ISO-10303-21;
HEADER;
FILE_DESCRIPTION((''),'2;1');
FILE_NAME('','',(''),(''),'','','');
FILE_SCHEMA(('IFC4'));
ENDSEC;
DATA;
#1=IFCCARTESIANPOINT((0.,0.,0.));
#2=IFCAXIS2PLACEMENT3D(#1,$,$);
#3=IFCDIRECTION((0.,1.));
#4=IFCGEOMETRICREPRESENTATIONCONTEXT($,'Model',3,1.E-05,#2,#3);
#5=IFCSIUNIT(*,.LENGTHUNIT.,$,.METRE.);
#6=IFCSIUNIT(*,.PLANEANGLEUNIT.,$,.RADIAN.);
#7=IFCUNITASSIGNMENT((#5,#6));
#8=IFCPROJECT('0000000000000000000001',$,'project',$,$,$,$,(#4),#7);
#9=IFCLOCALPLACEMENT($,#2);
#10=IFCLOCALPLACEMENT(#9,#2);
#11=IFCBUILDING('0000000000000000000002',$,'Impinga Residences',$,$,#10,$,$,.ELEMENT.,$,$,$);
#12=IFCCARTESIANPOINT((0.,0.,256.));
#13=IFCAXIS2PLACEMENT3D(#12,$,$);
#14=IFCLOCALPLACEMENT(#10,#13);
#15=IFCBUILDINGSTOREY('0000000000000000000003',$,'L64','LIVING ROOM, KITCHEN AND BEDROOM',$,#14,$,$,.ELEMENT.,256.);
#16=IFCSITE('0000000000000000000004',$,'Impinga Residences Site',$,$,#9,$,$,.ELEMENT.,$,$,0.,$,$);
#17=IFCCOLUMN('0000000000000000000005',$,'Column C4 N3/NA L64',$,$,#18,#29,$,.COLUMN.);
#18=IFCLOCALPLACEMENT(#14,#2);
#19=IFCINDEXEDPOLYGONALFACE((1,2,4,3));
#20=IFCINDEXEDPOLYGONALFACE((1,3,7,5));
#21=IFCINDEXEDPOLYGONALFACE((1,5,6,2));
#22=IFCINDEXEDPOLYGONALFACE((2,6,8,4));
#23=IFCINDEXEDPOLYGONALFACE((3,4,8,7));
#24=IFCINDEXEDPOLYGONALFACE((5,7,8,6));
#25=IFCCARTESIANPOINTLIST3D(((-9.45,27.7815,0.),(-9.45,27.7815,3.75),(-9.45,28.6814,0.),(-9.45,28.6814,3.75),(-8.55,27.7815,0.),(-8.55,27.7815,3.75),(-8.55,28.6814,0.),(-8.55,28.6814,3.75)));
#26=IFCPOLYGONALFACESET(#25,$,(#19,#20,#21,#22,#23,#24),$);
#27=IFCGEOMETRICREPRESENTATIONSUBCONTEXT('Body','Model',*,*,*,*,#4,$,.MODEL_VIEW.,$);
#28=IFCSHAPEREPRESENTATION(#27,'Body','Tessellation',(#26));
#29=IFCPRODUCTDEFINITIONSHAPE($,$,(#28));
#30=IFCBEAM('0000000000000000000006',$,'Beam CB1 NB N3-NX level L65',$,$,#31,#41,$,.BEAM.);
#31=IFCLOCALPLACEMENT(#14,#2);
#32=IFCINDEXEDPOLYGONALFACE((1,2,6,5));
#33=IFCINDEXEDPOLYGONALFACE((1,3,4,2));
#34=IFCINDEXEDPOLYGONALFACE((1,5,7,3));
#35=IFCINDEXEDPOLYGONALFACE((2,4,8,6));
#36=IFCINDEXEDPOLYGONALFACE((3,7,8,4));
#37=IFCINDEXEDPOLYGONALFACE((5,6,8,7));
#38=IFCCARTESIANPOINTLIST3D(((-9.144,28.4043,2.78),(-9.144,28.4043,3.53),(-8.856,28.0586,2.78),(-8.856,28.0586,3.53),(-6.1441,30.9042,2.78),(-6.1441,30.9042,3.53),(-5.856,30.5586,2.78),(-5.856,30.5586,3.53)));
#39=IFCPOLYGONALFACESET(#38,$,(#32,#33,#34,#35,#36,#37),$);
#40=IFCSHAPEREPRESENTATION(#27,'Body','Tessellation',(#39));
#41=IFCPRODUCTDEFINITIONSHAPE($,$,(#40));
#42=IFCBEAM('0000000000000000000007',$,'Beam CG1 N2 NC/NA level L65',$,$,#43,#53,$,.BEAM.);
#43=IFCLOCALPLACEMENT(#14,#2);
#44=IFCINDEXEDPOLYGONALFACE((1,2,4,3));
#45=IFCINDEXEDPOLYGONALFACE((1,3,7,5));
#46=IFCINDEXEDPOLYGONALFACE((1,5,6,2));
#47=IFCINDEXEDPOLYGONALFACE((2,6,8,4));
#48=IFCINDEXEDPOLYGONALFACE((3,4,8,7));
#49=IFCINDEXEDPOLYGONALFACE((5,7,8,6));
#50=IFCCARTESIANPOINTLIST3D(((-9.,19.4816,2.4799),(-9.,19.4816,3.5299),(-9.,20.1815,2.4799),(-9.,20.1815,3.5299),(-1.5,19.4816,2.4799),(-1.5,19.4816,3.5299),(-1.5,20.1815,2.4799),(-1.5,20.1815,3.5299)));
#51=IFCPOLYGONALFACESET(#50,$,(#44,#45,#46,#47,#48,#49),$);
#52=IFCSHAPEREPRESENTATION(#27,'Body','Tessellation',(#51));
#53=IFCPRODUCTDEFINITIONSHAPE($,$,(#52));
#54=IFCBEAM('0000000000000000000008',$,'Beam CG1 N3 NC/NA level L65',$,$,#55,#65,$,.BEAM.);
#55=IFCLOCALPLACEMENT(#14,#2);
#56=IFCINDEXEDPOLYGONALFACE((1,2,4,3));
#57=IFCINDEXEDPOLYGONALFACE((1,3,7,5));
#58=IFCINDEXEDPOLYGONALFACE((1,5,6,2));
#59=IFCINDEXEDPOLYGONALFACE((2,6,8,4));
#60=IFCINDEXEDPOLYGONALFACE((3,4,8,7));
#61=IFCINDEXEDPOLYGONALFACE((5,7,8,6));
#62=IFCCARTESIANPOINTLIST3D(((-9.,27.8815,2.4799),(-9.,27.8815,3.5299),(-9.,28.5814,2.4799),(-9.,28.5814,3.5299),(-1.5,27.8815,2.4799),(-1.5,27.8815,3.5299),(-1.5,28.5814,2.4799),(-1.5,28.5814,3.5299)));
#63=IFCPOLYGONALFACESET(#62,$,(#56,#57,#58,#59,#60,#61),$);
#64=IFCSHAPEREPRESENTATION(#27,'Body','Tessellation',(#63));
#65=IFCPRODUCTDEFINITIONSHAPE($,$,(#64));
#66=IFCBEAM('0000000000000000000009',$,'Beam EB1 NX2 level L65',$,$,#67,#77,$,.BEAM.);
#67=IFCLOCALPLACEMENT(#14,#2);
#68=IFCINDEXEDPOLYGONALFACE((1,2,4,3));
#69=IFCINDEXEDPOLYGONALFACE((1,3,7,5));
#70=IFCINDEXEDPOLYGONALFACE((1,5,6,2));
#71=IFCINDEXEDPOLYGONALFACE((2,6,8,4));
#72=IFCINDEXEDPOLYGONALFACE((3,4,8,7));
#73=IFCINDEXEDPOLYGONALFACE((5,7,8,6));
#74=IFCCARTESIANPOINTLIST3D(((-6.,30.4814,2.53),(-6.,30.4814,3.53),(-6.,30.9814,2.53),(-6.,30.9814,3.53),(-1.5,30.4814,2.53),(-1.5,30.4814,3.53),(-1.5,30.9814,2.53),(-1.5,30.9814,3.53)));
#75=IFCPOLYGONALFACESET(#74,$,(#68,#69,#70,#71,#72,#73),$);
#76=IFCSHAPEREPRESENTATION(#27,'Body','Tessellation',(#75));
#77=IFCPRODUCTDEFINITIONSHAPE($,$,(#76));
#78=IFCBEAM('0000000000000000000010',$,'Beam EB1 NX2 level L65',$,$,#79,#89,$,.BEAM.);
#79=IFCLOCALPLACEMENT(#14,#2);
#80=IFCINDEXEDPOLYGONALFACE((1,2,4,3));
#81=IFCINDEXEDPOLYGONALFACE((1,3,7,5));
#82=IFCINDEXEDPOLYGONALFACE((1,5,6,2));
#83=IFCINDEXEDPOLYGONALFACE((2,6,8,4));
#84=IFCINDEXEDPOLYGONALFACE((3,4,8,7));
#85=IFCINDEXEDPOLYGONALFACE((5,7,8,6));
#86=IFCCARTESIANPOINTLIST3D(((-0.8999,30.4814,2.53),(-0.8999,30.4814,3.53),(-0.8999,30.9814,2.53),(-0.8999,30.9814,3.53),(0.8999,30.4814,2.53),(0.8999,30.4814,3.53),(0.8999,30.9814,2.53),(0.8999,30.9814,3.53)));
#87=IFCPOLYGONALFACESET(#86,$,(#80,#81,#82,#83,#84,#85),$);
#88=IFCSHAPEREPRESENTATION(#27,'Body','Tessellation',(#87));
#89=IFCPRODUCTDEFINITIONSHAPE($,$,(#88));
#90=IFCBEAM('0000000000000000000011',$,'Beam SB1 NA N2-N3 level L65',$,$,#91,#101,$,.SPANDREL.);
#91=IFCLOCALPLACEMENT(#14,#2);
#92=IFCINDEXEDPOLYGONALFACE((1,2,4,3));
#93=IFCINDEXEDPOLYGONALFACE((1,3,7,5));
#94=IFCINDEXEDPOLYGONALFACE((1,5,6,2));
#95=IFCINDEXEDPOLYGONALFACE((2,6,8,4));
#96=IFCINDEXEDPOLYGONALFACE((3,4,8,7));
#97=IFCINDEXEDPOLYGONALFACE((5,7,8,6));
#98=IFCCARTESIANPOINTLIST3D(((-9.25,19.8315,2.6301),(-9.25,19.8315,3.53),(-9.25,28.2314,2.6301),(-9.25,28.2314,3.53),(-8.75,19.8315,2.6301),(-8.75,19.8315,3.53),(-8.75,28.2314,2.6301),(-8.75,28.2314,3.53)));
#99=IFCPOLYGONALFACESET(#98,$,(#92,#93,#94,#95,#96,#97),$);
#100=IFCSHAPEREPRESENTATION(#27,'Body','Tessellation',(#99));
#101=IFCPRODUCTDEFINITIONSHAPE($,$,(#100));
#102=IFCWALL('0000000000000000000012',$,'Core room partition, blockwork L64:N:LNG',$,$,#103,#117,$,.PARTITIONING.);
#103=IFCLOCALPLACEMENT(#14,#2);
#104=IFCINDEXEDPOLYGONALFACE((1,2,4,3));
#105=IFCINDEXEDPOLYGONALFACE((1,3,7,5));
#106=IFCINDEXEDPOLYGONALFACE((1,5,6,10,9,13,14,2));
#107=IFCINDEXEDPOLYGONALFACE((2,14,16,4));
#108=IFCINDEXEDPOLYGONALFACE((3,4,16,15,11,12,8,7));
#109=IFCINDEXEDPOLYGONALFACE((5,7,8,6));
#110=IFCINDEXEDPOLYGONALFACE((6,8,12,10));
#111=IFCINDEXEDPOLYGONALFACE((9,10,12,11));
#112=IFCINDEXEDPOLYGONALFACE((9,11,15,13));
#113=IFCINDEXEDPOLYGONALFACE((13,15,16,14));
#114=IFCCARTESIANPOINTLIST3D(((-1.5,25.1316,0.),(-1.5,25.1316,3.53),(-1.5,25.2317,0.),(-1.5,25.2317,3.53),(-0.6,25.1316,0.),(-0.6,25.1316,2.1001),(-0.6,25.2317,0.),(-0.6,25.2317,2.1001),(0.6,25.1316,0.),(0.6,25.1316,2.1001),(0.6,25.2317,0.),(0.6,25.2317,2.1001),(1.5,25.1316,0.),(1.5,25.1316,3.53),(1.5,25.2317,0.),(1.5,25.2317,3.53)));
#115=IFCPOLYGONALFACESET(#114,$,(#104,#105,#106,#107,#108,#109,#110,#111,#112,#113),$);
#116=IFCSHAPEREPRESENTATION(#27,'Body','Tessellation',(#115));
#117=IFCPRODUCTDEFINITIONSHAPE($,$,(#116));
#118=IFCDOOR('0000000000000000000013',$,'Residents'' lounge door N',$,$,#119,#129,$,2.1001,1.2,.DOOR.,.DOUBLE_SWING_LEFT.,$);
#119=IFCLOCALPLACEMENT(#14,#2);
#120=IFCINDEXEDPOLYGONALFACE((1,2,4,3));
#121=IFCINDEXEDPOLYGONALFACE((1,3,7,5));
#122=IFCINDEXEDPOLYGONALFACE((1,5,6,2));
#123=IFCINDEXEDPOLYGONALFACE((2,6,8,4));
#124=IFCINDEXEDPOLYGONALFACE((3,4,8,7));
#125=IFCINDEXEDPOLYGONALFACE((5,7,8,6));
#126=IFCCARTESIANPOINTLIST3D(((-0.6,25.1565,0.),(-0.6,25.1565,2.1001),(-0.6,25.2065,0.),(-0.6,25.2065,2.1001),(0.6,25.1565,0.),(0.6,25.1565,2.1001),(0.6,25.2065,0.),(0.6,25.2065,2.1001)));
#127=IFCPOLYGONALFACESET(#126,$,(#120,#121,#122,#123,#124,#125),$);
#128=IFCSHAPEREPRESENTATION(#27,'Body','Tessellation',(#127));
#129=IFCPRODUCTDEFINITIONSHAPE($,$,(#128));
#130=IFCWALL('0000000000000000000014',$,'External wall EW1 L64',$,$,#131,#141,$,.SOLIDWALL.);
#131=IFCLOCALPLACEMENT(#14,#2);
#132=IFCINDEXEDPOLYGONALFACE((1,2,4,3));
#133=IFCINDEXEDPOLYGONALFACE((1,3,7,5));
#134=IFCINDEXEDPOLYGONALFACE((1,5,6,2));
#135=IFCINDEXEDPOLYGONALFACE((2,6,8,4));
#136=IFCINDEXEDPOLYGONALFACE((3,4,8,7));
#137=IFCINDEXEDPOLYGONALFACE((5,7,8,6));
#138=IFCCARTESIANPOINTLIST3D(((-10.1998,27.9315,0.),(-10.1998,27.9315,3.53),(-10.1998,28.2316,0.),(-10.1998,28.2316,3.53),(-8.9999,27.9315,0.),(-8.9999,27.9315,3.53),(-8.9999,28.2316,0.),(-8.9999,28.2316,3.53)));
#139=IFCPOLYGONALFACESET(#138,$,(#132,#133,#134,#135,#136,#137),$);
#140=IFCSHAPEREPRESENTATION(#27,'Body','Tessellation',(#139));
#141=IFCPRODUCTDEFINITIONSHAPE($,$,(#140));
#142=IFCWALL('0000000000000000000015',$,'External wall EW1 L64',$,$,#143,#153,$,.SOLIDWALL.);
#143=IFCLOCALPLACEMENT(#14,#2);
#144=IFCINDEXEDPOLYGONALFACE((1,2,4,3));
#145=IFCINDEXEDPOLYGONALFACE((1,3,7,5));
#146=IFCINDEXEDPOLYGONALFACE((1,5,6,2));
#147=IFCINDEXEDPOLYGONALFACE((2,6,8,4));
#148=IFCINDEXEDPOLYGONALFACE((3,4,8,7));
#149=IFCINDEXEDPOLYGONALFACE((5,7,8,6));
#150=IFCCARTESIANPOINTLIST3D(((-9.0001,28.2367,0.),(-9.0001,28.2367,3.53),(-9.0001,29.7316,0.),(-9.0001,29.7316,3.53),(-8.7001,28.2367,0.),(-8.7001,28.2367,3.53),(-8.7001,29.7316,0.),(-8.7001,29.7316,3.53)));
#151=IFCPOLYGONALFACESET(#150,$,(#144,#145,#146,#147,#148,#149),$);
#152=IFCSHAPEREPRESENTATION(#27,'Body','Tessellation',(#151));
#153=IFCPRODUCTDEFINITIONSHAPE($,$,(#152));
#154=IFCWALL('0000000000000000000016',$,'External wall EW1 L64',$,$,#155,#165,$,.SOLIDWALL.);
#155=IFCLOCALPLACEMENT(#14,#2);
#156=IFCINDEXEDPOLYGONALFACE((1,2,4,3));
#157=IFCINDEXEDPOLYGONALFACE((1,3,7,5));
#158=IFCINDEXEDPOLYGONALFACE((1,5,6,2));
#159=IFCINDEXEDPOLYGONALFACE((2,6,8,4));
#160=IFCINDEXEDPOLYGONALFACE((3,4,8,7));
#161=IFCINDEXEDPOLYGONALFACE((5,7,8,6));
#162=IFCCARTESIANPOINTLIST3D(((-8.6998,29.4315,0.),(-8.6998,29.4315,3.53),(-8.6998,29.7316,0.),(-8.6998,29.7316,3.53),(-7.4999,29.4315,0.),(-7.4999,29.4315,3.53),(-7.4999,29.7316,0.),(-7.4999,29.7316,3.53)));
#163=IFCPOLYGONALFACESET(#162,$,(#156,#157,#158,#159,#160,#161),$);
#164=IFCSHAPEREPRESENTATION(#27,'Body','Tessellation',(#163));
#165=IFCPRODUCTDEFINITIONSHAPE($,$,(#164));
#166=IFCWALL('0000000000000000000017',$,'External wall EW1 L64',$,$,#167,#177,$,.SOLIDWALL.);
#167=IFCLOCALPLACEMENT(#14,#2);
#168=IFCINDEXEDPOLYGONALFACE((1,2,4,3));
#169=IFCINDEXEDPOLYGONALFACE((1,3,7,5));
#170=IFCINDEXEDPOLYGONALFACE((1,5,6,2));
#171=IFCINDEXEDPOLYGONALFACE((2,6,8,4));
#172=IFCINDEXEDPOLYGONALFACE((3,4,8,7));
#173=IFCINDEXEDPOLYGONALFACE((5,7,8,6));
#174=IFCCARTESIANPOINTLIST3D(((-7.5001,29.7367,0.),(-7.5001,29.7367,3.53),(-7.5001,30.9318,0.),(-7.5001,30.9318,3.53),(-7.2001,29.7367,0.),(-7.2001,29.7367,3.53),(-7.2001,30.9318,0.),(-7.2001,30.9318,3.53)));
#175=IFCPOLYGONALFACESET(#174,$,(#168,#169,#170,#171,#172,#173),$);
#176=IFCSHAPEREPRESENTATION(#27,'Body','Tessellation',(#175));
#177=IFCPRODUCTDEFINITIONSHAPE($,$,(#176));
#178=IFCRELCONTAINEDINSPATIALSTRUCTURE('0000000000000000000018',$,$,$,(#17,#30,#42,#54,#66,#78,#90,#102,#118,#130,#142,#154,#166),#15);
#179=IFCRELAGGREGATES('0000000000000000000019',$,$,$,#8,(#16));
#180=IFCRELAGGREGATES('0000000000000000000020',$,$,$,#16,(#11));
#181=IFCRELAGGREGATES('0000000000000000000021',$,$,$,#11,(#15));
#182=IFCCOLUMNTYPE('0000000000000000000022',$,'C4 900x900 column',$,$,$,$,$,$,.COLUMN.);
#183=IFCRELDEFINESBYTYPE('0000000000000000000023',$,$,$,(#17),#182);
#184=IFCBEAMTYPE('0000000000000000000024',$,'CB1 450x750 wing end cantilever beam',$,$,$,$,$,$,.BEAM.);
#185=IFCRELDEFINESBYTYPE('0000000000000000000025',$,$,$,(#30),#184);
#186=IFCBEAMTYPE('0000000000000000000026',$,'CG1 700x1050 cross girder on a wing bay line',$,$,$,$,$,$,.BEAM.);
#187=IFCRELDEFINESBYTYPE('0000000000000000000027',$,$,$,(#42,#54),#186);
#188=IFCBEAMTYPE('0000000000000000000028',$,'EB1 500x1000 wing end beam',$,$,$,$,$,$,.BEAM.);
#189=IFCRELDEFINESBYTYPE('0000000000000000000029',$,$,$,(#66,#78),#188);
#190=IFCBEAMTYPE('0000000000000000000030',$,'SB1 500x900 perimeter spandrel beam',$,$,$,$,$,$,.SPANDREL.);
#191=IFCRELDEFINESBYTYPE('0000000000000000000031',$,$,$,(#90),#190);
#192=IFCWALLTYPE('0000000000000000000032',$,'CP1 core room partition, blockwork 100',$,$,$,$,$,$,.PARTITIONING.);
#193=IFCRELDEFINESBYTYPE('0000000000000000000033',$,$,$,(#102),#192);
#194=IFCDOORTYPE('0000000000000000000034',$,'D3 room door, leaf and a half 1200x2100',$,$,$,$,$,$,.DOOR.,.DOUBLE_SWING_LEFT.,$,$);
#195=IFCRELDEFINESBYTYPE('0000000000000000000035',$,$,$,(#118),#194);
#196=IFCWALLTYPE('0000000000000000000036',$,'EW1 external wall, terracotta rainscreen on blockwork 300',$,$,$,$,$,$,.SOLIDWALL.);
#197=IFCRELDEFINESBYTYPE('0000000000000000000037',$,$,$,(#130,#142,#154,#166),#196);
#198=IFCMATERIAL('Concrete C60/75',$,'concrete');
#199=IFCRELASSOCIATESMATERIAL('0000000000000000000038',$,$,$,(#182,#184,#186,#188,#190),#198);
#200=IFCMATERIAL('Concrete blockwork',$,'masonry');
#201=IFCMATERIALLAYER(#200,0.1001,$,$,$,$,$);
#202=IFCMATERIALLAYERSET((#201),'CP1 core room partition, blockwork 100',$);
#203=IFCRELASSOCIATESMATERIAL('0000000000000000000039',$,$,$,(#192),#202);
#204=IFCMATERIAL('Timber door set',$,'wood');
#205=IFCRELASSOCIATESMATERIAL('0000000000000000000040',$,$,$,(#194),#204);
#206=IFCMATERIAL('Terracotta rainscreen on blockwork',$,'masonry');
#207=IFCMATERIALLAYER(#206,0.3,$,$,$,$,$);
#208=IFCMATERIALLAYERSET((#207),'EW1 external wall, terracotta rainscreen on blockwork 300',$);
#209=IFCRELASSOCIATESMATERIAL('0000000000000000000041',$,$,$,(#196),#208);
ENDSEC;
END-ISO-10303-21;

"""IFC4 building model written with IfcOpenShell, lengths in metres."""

from ifc_helpers import new_model, si_unit, direction, frame, frame_2d, origin, origin_2d, place, context, subcontext, project, spatial, rectangle, extrude, material, layer, layer_set, material_profile, profile_set, type_object, element, fill, save


model = new_model("IFC4")

# Units and contexts
model_context = context("Model", 3, precision=1e-05, world=origin(), true_north=direction((0.0, 1.0)))
body_context = subcontext(model_context, "Body", "Model", "MODEL_VIEW")
ifc_project = project(units=[si_unit("LENGTHUNIT", "METRE"), si_unit("PLANEANGLEUNIT", "RADIAN")], contexts=[model_context])

# Site, building, storey
site_placement = place(None, origin())
site = spatial("IfcSite", under=ifc_project, at=site_placement, Name="Impinga Residences Site", CompositionType="ELEMENT", RefElevation=0.0)
building_placement = place(site_placement, origin())
building = spatial("IfcBuilding", under=site, at=building_placement, Name="Impinga Residences", CompositionType="ELEMENT")
storey_placement = place(building_placement, frame((0.0, 0.0, 256.0)))
storey = spatial("IfcBuildingStorey", under=building, at=storey_placement, Name="L64", Description="LIVING ROOM, KITCHEN AND BEDROOM", CompositionType="ELEMENT", Elevation=256.0)

# Column
ifc_material_1 = material(Name="Concrete C60/75", Category="concrete")
ifc_material_profile_1 = material_profile(ifc_material_1, rectangle(XDim=0.8999, YDim=0.8999, at=origin_2d()), Name="RC 900x900")
ifc_profile_set_1 = profile_set([ifc_material_profile_1], Name="Concrete C60/75")
column_type = type_object("IfcColumnType", Name="C4 900x900 column", PredefinedType="COLUMN", material=ifc_profile_set_1)
column_placement = place(storey_placement, frame((-9.0, 28.2314, 0.0), z_axis=(0.0, 0.0, 1.0), x_axis=(1.0, 0.0, 0.0)))
element("IfcColumn", 1, at=column_placement, inside=storey, type_object=column_type, Name="Column C4 N3/NA L64", PredefinedType="COLUMN", context=body_context, shape_type="SweptSolid", body=[
    extrude(rectangle(XDim=0.8999, YDim=0.8999, at=origin_2d()), origin(), (0.0, 0.0, 1.0), 3.75),
])

# Beams
ifc_material_profile_2 = material_profile(ifc_material_1, rectangle(XDim=0.45, YDim=0.75, at=origin_2d()), Name="RC 450x750")
ifc_profile_set_2 = profile_set([ifc_material_profile_2], Name="Concrete C60/75")
beam_type_1 = type_object("IfcBeamType", Name="CB1 450x750 wing end cantilever beam", PredefinedType="BEAM", material=ifc_profile_set_2)
beam_1_placement = place(storey_placement, frame((-9.0, 28.2314, 3.155), z_axis=(0.768221, 0.640184, 0.0), x_axis=(-0.640184, 0.768221, 0.0)))
element("IfcBeam", 2, at=beam_1_placement, inside=storey, type_object=beam_type_1, Name="Beam CB1 NB N3-NX level L65", PredefinedType="BEAM", context=body_context, shape_type="SweptSolid", body=[
    extrude(rectangle(XDim=0.45, YDim=0.75, at=origin_2d()), origin(), (0.0, 0.0, 1.0), 3.905),
])
ifc_material_profile_3 = material_profile(ifc_material_1, rectangle(XDim=0.7, YDim=1.05, at=origin_2d()), Name="RC 700x1050")
ifc_profile_set_3 = profile_set([ifc_material_profile_3], Name="Concrete C60/75")
beam_type_2 = type_object("IfcBeamType", Name="CG1 700x1050 cross girder on a wing bay line", PredefinedType="BEAM", material=ifc_profile_set_3)
for number, where, z_axis, x_axis, name in (
    (3, (-1.5, 19.8315, 3.0049), (-1.0, 0.0, 0.0), (0.0, -1.0, 0.0), "Beam CG1 N2 NC/NA level L65"),
    (4, (-1.5, 28.2314, 3.0049), (-1.0, 0.0, 0.0), (0.0, -1.0, 0.0), "Beam CG1 N3 NC/NA level L65"),
):
    element("IfcBeam", number, at=place(storey_placement, frame(where, z_axis=z_axis, x_axis=x_axis)), inside=storey, type_object=beam_type_2, Name=name, PredefinedType="BEAM", context=body_context, shape_type="SweptSolid", body=[
        extrude(rectangle(XDim=0.7, YDim=1.05, at=origin_2d()), origin(), (0.0, 0.0, 1.0), 7.5),
    ])
ifc_material_profile_4 = material_profile(ifc_material_1, rectangle(XDim=0.5, YDim=1.0, at=origin_2d()), Name="RC 500x1000")
ifc_profile_set_4 = profile_set([ifc_material_profile_4], Name="Concrete C60/75")
beam_type_3 = type_object("IfcBeamType", Name="EB1 500x1000 wing end beam", PredefinedType="BEAM", material=ifc_profile_set_4)
beam_2_placement = place(storey_placement, frame((-6.0, 30.7314, 3.03), z_axis=(1.0, 0.0, 0.0), x_axis=(0.0, 1.0, 0.0)))
element("IfcBeam", 5, at=beam_2_placement, inside=storey, type_object=beam_type_3, Name="Beam EB1 NX2 level L65", PredefinedType="BEAM", context=body_context, shape_type="SweptSolid", body=[
    extrude(rectangle(XDim=0.5, YDim=1.0, at=origin_2d()), origin(), (0.0, 0.0, 1.0), 4.5),
])
beam_3_placement = place(storey_placement, frame((-0.8999, 30.7314, 3.03), z_axis=(1.0, 0.0, 0.0), x_axis=(0.0, 1.0, 0.0)))
element("IfcBeam", 6, at=beam_3_placement, inside=storey, type_object=beam_type_3, Name="Beam EB1 NX2 level L65", PredefinedType="BEAM", context=body_context, shape_type="SweptSolid", body=[
    extrude(rectangle(XDim=0.5, YDim=1.0, at=origin_2d()), origin(), (0.0, 0.0, 1.0), 1.7998),
])
ifc_material_profile_5 = material_profile(ifc_material_1, rectangle(XDim=0.5, YDim=0.8999, at=origin_2d()), Name="RC 500x900")
ifc_profile_set_5 = profile_set([ifc_material_profile_5], Name="Concrete C60/75")
beam_type_4 = type_object("IfcBeamType", Name="SB1 500x900 perimeter spandrel beam", PredefinedType="SPANDREL", material=ifc_profile_set_5)
beam_4_placement = place(storey_placement, frame((-9.0, 19.8315, 3.0801), z_axis=(0.0, 1.0, 0.0), x_axis=(-1.0, 0.0, 0.0)))
element("IfcBeam", 7, at=beam_4_placement, inside=storey, type_object=beam_type_4, Name="Beam SB1 NA N2-N3 level L65", PredefinedType="SPANDREL", context=body_context, shape_type="SweptSolid", body=[
    extrude(rectangle(XDim=0.5, YDim=0.8999, at=origin_2d()), origin(), (0.0, 0.0, 1.0), 8.3999),
])

# Wall, opening, door
ifc_material_2 = material(Name="Concrete blockwork", Category="masonry")
ifc_layer_1 = layer(ifc_material_2, 0.1001)
ifc_layer_set_1 = layer_set([ifc_layer_1], Name="CP1 core room partition, blockwork 100")
wall_type_1 = type_object("IfcWallType", Name="CP1 core room partition, blockwork 100", PredefinedType="PARTITIONING", material=ifc_layer_set_1)
wall_1_placement = place(storey_placement, frame((-1.5, 25.1816, 0.0), z_axis=(0.0, 0.0, 1.0), x_axis=(1.0, 0.0, 0.0)))
wall_1 = element("IfcWall", 8, at=wall_1_placement, inside=storey, type_object=wall_type_1, Name="Core room partition, blockwork L64:N:LNG", PredefinedType="PARTITIONING", context=body_context, shape_type="SweptSolid", body=[
    extrude(rectangle(XDim=3.0, YDim=0.1001, at=frame_2d((1.5, 0.0))), origin(), (0.0, 0.0, 1.0), 3.53),
])
opening_1_placement = place(wall_1_placement, frame((0.8999, 0.0, 0.0)))
opening_1 = element("IfcOpeningElement", 9, at=opening_1_placement, cuts=wall_1, PredefinedType="OPENING", context=body_context, shape_type="SweptSolid", body=[
    extrude(rectangle(XDim=1.2, YDim=2.1001, at=frame_2d((0.6001, 1.05))), frame((0.0, 0.0601, 0.0), z_axis=(0.0, -1.0, 0.0), x_axis=(1.0, 0.0, 0.0)), (0.0, 0.0, 1.0), 0.1201),
])
ifc_material_3 = material(Name="Timber door set", Category="wood")
door_type_1 = type_object("IfcDoorType", Name="D3 room door, leaf and a half 1200x2100", OperationType="DOUBLE_SWING_LEFT", PredefinedType="DOOR", material=ifc_material_3)
door_1_placement = place(opening_1_placement, origin())
door_1 = element("IfcDoor", 10, at=door_1_placement, inside=storey, type_object=door_type_1, Name="Residents' lounge door N", OperationType="DOUBLE_SWING_LEFT", OverallHeight=2.1001, OverallWidth=1.2, PredefinedType="DOOR", context=body_context, shape_type="SweptSolid", body=[
    extrude(rectangle(XDim=1.2, YDim=2.1001, at=frame_2d((0.6001, 1.05))), frame((0.0, 0.0249, 0.0), z_axis=(0.0, -1.0, 0.0), x_axis=(1.0, 0.0, 0.0)), (0.0, 0.0, 1.0), 0.05),
])
fill(opening_1, door_1)

# Walls
ifc_material_4 = material(Name="Terracotta rainscreen on blockwork", Category="masonry")
ifc_layer_2 = layer(ifc_material_4, 0.3)
ifc_layer_set_2 = layer_set([ifc_layer_2], Name="EW1 external wall, terracotta rainscreen on blockwork 300")
wall_type_2 = type_object("IfcWallType", Name="EW1 external wall, terracotta rainscreen on blockwork 300", PredefinedType="SOLIDWALL", material=ifc_layer_set_2)
wall_2_placement = place(storey_placement, frame((-10.2, 28.0815, 0.0), z_axis=(0.0, 0.0, 1.0), x_axis=(1.0, 0.0, 0.0)))
element("IfcWall", 11, at=wall_2_placement, inside=storey, type_object=wall_type_2, Name="External wall EW1 L64", PredefinedType="SOLIDWALL", context=body_context, shape_type="SweptSolid", body=[
    extrude(rectangle(XDim=1.2, YDim=0.3, at=frame_2d((0.6001, 0.0))), origin(), (0.0, 0.0, 1.0), 3.53),
])
wall_3_placement = place(storey_placement, frame((-8.8501, 28.2366, 0.0), z_axis=(0.0, 0.0, 1.0), x_axis=(0.0, 1.0, 0.0)))
element("IfcWall", 12, at=wall_3_placement, inside=storey, type_object=wall_type_2, Name="External wall EW1 L64", PredefinedType="SOLIDWALL", context=body_context, shape_type="SweptSolid", body=[
    extrude(rectangle(XDim=1.4949, YDim=0.3, at=frame_2d((0.7476, 0.0))), origin(), (0.0, 0.0, 1.0), 3.53),
])
wall_4_placement = place(storey_placement, frame((-8.7, 29.5815, 0.0), z_axis=(0.0, 0.0, 1.0), x_axis=(1.0, 0.0, 0.0)))
element("IfcWall", 13, at=wall_4_placement, inside=storey, type_object=wall_type_2, Name="External wall EW1 L64", PredefinedType="SOLIDWALL", context=body_context, shape_type="SweptSolid", body=[
    extrude(rectangle(XDim=1.2, YDim=0.3, at=frame_2d((0.6001, 0.0))), origin(), (0.0, 0.0, 1.0), 3.53),
])
wall_5_placement = place(storey_placement, frame((-7.3501, 29.7366, 0.0), z_axis=(0.0, 0.0, 1.0), x_axis=(0.0, 1.0, 0.0)))
element("IfcWall", 14, at=wall_5_placement, inside=storey, type_object=wall_type_2, Name="External wall EW1 L64", PredefinedType="SOLIDWALL", context=body_context, shape_type="SweptSolid", body=[
    extrude(rectangle(XDim=1.1951, YDim=0.3, at=frame_2d((0.5977, 0.0))), origin(), (0.0, 0.0, 1.0), 3.53),
])

save(model, "model.ifc")
